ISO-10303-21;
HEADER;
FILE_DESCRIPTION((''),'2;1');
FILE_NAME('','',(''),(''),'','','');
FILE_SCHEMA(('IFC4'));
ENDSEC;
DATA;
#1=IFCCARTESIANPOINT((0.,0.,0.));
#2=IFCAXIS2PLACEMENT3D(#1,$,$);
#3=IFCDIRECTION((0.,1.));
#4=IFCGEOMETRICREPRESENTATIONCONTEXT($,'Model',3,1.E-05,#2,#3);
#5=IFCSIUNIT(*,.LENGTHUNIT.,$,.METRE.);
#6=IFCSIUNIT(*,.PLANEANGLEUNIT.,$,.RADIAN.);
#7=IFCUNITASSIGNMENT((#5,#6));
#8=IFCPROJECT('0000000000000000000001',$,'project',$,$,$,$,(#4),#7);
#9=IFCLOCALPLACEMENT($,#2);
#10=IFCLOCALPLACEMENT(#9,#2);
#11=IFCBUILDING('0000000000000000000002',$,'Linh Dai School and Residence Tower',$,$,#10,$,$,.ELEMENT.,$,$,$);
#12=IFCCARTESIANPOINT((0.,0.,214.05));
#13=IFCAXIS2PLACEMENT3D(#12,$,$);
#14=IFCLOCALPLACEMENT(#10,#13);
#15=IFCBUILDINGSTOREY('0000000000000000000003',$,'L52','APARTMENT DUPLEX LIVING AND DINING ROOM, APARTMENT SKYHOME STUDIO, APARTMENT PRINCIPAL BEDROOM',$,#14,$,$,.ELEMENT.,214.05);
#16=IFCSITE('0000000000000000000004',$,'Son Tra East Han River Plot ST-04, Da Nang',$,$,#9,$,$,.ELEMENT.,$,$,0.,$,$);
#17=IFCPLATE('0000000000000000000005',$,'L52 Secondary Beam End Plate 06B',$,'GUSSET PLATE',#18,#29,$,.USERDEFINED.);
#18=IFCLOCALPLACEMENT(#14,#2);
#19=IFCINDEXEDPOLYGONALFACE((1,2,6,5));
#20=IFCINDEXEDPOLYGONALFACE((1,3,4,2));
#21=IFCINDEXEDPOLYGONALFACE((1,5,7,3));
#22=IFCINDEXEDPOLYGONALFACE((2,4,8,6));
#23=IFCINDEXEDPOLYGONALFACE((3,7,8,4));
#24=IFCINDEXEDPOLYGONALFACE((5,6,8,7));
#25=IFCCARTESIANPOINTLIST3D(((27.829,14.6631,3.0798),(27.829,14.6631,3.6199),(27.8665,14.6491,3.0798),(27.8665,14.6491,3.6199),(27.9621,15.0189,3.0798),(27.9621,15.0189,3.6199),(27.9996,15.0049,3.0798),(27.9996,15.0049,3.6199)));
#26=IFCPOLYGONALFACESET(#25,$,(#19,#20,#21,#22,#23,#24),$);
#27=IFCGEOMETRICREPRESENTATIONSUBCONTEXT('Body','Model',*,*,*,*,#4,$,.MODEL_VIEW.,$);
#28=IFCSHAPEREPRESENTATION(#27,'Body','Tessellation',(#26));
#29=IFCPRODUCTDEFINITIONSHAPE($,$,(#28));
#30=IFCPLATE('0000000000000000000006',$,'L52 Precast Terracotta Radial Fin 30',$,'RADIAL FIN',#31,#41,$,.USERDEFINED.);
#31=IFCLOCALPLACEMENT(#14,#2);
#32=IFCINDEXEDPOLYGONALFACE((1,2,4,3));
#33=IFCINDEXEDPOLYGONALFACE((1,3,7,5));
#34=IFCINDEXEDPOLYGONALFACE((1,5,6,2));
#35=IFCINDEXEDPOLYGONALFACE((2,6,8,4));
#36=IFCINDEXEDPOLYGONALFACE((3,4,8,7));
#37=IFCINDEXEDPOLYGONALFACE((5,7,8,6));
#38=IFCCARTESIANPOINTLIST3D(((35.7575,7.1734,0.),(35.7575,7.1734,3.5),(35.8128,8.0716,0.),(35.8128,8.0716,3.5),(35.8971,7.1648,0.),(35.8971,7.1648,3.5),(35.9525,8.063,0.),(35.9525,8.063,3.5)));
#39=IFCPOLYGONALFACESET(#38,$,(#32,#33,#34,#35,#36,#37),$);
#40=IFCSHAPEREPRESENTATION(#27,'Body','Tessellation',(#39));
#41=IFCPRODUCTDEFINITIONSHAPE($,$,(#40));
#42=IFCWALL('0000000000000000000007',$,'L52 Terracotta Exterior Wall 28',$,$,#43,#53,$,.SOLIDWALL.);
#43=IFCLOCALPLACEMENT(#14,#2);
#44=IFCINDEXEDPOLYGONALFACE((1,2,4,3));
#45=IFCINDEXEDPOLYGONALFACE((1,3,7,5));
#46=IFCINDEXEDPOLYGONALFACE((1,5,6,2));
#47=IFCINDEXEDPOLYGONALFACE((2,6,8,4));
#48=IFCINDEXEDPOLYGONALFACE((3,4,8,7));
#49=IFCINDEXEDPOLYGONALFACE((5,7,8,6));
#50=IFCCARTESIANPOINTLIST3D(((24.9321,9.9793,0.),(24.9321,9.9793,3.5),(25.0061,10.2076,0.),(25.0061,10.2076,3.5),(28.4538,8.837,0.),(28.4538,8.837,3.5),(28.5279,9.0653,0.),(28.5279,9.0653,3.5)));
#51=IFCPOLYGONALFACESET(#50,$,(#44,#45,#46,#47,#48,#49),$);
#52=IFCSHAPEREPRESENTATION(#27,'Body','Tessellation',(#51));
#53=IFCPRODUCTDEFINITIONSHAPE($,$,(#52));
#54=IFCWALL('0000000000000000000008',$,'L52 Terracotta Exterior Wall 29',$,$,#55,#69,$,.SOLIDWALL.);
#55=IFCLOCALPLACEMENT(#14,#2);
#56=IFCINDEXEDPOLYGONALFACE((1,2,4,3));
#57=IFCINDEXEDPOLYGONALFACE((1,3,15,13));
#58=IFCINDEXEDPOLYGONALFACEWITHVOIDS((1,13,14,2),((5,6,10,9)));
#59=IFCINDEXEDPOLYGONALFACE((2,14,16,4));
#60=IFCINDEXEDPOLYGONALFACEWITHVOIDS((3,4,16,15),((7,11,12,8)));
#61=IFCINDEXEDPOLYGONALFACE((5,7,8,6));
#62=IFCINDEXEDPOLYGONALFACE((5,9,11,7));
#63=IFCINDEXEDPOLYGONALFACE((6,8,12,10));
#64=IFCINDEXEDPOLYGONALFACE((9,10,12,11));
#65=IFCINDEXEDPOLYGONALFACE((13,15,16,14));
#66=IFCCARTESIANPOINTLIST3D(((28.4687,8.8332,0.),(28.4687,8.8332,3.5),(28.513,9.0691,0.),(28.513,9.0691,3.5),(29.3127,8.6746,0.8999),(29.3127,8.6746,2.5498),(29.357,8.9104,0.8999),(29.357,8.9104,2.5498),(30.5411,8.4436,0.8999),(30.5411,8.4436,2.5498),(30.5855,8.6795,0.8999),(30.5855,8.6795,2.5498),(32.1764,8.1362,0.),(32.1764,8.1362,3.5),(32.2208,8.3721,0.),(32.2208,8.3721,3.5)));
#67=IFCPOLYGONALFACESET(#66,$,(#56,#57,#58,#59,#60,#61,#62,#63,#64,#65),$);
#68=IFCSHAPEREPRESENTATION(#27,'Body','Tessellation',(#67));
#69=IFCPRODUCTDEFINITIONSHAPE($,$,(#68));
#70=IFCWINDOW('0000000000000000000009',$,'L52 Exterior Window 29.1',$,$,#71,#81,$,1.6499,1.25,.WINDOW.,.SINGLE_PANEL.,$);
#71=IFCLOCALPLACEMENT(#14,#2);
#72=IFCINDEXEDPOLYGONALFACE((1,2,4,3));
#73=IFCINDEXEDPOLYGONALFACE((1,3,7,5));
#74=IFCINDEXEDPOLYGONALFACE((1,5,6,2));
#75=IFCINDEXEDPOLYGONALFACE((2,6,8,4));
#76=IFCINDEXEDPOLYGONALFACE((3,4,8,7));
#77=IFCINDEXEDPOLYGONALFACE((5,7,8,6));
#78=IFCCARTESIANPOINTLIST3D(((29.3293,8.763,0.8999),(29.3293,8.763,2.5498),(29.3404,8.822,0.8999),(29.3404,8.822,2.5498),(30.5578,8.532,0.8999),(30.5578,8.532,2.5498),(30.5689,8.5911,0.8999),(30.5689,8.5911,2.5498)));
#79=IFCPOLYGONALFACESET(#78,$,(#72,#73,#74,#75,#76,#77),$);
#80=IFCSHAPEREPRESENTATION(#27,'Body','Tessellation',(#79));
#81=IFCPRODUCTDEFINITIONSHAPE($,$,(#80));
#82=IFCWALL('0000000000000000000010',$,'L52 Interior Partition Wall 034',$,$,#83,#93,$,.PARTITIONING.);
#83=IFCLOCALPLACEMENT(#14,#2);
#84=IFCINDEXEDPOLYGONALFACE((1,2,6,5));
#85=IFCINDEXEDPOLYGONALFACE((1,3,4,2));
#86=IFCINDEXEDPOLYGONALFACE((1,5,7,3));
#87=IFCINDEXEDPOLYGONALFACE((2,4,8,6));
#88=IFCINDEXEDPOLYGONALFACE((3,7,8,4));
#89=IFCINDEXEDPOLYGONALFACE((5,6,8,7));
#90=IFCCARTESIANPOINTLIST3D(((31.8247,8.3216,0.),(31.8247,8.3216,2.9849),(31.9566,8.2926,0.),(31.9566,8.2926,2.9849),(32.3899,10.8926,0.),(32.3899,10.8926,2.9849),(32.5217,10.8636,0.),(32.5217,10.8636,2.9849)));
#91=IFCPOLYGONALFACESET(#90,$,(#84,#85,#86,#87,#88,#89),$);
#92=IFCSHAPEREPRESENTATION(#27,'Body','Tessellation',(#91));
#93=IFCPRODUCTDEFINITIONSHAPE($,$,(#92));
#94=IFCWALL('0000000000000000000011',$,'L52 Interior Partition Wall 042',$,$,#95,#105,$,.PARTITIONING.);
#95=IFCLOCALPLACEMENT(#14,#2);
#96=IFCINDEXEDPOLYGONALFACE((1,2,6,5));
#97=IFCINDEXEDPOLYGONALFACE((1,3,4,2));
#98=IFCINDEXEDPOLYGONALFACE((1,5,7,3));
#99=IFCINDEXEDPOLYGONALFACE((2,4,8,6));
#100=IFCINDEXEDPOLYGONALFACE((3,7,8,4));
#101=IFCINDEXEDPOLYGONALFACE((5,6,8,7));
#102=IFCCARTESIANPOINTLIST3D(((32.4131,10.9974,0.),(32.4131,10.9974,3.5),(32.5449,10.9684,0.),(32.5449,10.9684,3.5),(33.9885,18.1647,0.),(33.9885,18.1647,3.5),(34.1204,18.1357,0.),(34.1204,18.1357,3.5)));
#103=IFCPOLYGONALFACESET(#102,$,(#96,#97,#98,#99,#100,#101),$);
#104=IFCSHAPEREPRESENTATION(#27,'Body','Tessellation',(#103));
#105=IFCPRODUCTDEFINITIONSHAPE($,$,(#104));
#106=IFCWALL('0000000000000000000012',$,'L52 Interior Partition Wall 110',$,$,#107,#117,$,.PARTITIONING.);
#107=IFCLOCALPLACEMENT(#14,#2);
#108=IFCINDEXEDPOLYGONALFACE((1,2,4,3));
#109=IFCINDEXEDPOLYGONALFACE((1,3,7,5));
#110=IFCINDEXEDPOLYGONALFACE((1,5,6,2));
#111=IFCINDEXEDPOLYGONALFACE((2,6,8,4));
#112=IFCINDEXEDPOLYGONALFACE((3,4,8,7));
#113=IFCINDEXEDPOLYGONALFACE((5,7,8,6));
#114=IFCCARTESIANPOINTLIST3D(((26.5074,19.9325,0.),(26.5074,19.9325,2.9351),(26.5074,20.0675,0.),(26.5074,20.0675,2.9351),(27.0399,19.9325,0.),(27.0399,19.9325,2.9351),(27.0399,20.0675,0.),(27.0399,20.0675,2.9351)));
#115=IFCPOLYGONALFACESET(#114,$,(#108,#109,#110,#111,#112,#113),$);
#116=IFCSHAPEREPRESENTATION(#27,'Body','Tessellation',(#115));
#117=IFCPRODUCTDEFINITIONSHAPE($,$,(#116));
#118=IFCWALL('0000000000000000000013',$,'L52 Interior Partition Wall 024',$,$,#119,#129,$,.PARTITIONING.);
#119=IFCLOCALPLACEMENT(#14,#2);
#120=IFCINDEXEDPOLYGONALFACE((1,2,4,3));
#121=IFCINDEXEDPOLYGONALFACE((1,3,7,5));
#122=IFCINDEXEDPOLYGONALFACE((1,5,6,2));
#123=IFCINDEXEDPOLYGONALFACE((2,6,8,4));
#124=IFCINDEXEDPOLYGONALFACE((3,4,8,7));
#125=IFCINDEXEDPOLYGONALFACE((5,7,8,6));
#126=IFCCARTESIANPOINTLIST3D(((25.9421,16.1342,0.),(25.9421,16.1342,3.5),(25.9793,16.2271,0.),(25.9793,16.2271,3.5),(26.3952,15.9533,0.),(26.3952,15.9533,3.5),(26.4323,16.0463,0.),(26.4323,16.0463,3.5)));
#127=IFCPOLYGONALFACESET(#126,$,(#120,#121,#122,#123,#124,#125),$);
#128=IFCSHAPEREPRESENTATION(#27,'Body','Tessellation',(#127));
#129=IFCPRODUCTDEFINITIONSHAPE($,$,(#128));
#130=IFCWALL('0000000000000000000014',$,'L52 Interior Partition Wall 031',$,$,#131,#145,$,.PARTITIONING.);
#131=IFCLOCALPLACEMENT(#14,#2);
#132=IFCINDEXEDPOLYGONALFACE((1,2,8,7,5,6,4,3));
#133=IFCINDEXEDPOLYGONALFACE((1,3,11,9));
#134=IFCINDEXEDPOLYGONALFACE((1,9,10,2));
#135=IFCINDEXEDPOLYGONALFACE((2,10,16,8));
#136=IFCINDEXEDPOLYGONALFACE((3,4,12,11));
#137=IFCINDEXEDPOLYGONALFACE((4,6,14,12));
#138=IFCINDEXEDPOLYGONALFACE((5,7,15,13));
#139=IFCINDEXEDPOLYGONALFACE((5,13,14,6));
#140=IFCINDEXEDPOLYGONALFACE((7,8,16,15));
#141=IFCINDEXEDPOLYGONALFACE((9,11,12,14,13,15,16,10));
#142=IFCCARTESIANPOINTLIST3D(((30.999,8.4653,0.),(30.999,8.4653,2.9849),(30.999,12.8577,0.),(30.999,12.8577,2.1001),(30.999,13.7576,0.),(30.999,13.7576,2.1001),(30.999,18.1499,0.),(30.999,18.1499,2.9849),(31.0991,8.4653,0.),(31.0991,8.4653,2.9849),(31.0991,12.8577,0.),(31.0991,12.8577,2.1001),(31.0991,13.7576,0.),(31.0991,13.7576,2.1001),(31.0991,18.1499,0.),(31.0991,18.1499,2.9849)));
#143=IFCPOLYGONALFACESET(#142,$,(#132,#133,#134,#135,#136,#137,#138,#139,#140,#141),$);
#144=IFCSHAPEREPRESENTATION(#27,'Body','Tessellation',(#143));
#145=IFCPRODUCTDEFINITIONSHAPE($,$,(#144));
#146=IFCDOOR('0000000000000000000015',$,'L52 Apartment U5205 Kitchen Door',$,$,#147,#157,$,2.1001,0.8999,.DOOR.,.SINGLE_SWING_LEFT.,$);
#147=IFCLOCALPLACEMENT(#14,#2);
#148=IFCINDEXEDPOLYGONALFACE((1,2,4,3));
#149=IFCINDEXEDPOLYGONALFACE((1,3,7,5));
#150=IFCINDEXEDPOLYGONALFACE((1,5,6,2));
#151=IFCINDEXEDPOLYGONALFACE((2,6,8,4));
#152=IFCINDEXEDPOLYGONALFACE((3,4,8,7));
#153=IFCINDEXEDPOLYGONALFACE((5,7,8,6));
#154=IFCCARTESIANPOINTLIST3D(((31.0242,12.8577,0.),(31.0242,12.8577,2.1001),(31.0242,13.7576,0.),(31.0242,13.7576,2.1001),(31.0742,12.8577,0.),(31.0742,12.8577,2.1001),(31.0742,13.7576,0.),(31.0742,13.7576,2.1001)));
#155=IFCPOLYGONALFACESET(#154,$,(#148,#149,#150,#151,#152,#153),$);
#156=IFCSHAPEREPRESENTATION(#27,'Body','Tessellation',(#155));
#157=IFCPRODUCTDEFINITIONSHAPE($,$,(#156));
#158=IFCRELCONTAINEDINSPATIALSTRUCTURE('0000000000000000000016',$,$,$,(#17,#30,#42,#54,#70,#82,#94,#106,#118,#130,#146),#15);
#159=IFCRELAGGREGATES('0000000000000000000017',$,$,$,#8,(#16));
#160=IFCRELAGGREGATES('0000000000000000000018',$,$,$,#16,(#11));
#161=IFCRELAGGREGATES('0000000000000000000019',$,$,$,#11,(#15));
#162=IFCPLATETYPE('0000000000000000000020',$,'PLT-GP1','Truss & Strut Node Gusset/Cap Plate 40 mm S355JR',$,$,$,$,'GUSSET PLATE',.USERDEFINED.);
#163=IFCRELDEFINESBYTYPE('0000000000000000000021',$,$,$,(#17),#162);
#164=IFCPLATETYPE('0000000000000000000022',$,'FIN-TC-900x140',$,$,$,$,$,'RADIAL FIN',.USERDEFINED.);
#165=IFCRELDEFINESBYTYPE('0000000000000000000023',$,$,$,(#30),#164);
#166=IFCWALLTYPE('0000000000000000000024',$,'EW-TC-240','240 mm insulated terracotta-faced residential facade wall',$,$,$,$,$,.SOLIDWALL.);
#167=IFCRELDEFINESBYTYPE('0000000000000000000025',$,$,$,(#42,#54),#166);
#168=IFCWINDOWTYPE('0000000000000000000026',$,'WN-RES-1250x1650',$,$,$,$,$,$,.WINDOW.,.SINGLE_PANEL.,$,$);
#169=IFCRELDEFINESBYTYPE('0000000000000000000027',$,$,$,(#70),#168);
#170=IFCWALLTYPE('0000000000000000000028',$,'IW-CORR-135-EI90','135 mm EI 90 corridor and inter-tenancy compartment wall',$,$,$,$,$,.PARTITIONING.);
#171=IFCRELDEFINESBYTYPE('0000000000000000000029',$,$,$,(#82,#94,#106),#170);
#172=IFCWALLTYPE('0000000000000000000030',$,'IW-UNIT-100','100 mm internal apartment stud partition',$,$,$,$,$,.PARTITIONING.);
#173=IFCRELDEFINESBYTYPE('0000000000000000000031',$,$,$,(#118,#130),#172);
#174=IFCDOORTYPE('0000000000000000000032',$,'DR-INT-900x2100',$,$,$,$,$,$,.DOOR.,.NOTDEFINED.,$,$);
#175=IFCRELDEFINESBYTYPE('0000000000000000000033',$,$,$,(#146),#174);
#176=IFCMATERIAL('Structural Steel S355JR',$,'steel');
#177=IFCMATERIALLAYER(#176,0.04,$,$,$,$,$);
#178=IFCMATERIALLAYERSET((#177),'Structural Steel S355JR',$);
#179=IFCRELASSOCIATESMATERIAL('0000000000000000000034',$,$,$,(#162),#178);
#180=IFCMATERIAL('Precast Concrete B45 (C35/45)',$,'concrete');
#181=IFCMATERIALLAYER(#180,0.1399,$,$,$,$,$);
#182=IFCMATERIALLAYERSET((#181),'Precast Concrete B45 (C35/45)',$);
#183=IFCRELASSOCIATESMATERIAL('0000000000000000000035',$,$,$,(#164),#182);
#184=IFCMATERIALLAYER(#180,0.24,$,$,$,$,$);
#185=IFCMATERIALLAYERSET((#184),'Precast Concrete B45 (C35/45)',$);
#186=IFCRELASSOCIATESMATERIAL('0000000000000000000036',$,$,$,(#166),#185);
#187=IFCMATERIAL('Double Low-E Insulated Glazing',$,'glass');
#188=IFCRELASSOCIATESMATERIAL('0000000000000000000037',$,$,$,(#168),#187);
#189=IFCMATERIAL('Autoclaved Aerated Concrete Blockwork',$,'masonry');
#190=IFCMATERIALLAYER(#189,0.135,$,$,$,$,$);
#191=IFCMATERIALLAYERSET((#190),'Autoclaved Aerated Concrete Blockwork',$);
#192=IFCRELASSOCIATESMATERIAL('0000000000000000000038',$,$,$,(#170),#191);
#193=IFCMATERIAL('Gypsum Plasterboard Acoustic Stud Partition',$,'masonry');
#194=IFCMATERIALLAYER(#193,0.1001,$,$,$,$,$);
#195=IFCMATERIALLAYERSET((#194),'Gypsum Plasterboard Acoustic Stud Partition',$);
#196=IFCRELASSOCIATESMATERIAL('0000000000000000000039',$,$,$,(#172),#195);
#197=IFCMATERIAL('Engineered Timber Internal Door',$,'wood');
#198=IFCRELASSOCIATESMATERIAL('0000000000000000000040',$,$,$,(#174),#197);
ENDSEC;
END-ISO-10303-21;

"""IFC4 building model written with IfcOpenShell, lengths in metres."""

from ifc_helpers import new_model, si_unit, direction, frame, frame_2d, origin, origin_2d, place, context, subcontext, project, spatial, rectangle, extrude, source, transform, mapped, material, layer, layer_set, type_object, element, fill, save


model = new_model("IFC4")

# Units and contexts
model_context = context("Model", 3, precision=1e-05, world=origin(), true_north=direction((0.0, 1.0)))
body_context = subcontext(model_context, "Body", "Model", "MODEL_VIEW")
ifc_project = project(units=[si_unit("LENGTHUNIT", "METRE"), si_unit("PLANEANGLEUNIT", "RADIAN")], contexts=[model_context])

# Site, building, storey
site_placement = place(None, origin())
site = spatial("IfcSite", under=ifc_project, at=site_placement, Name="Son Tra East Han River Plot ST-04, Da Nang", CompositionType="ELEMENT", RefElevation=0.0)
building_placement = place(site_placement, origin())
building = spatial("IfcBuilding", under=site, at=building_placement, Name="Linh Dai School and Residence Tower", CompositionType="ELEMENT")
storey_placement = place(building_placement, frame((0.0, 0.0, 214.05)))
storey = spatial("IfcBuildingStorey", under=building, at=storey_placement, Name="L52", Description="APARTMENT DUPLEX LIVING AND DINING ROOM, APARTMENT SKYHOME STUDIO, APARTMENT PRINCIPAL BEDROOM", CompositionType="ELEMENT", Elevation=214.05)

# Shared definitions
ifc_material_1 = material(Name="Structural Steel S355JR", Category="steel")

# Plates
ifc_layer_1 = layer(ifc_material_1, 0.04)
ifc_layer_set_1 = layer_set([ifc_layer_1], Name="Structural Steel S355JR")
plate_type_1 = type_object("IfcPlateType", Name="PLT-GP1", Description="Truss & Strut Node Gusset/Cap Plate 40 mm S355JR", ElementType="GUSSET PLATE", PredefinedType="USERDEFINED", material=ifc_layer_set_1)
shared_shape_1 = source(origin(), body_context, "Body", "SweptSolid", [
    extrude(rectangle(XDim=0.04, YDim=0.3799, at=origin_2d()), origin(), (0.0, 0.0, 1.0), 0.54),
])
plate_1_placement = place(storey_placement, frame((27.9143, 14.834, 3.0798), z_axis=(0.0, 0.0, 1.0), x_axis=(0.936534, -0.350577, 0.0)))
element("IfcPlate", 1, at=plate_1_placement, inside=storey, type_object=plate_type_1, Name="L52 Secondary Beam End Plate 06B", ObjectType="GUSSET PLATE", PredefinedType="USERDEFINED", context=body_context, shape_type="MappedRepresentation", body=[
    mapped(shared_shape_1, transform((0.0, 0.0, 0.0), x_axis=(1.0, 0.0, 0.0), y_axis=(0.0, 1.0, 0.0), z_axis=(0.0, 0.0, 1.0), scale=1.0)),
])
ifc_material_2 = material(Name="Precast Concrete B45 (C35/45)", Category="concrete")
ifc_layer_2 = layer(ifc_material_2, 0.1399)
ifc_layer_set_2 = layer_set([ifc_layer_2], Name="Precast Concrete B45 (C35/45)")
plate_type_2 = type_object("IfcPlateType", Name="FIN-TC-900x140", ElementType="RADIAL FIN", PredefinedType="USERDEFINED", material=ifc_layer_set_2)
shared_shape_2 = source(origin(), body_context, "Body", "SweptSolid", [
    extrude(rectangle(XDim=0.8999, YDim=0.1399, at=origin_2d()), origin(), (0.0, 0.0, 1.0), 3.5),
])
plate_2_placement = place(storey_placement, frame((35.855, 7.6182, 0.0), z_axis=(0.0, 0.0, 1.0), x_axis=(-0.061504, -0.998107, 0.0)))
element("IfcPlate", 2, at=plate_2_placement, inside=storey, type_object=plate_type_2, Name="L52 Precast Terracotta Radial Fin 30", ObjectType="RADIAL FIN", PredefinedType="USERDEFINED", context=body_context, shape_type="MappedRepresentation", body=[
    mapped(shared_shape_2, transform((0.0, 0.0, 0.0), x_axis=(1.0, 0.0, 0.0), y_axis=(0.0, 1.0, 0.0), z_axis=(0.0, 0.0, 1.0), scale=1.0)),
])

# Wall
ifc_layer_3 = layer(ifc_material_2, 0.24)
ifc_layer_set_3 = layer_set([ifc_layer_3], Name="Precast Concrete B45 (C35/45)")
wall_type_1 = type_object("IfcWallType", Name="EW-TC-240", Description="240 mm insulated terracotta-faced residential facade wall", PredefinedType="SOLIDWALL", material=ifc_layer_set_3)
wall_1_placement = place(storey_placement, frame((28.4907, 8.9512, 0.0), z_axis=(0.0, 0.0, 1.0), x_axis=(-0.951211, 0.308542, 0.0)))
element("IfcWall", 3, at=wall_1_placement, inside=storey, type_object=wall_type_1, Name="L52 Terracotta Exterior Wall 28", PredefinedType="SOLIDWALL", context=body_context, shape_type="SweptSolid", body=[
    extrude(rectangle(XDim=3.7024, YDim=0.24, at=frame_2d((1.8511, 0.0))), origin(), (0.0, 0.0, 1.0), 3.5),
])

# Wall, opening, window
wall_2_placement = place(storey_placement, frame((32.1985, 8.2542, 0.0), z_axis=(0.0, 0.0, 1.0), x_axis=(-0.982785, 0.184753, 0.0)))
wall_2 = element("IfcWall", 4, at=wall_2_placement, inside=storey, type_object=wall_type_1, Name="L52 Terracotta Exterior Wall 29", PredefinedType="SOLIDWALL", context=body_context, shape_type="SweptSolid", body=[
    extrude(rectangle(XDim=3.7727, YDim=0.24, at=frame_2d((1.8862, 0.0))), origin(), (0.0, 0.0, 1.0), 3.5),
])
opening_1_placement = place(wall_2_placement, frame((1.6638, 0.0, 0.8999)))
opening_1 = element("IfcOpeningElement", 5, at=opening_1_placement, cuts=wall_2, PredefinedType="OPENING", context=body_context, shape_type="SweptSolid", body=[
    extrude(rectangle(XDim=1.25, YDim=1.6499, at=origin_2d()), frame((0.625, 0.1299, 0.825), z_axis=(0.0, -1.0, 0.0), x_axis=(1.0, 0.0, 0.0)), (0.0, 0.0, 1.0), 0.26),
])
ifc_material_3 = material(Name="Double Low-E Insulated Glazing", Category="glass")
window_type = type_object("IfcWindowType", Name="WN-RES-1250x1650", PartitioningType="SINGLE_PANEL", PredefinedType="WINDOW", material=ifc_material_3)
shared_shape_3 = source(origin(), body_context, "Body", "SweptSolid", [
    extrude(rectangle(XDim=1.25, YDim=1.6499, at=origin_2d()), frame((0.625, 0.03, 0.825), z_axis=(0.0, -1.0, 0.0), x_axis=(1.0, 0.0, 0.0)), (0.0, 0.0, 1.0), 0.0601),
])
window_placement = place(opening_1_placement, origin())
window = element("IfcWindow", 6, at=window_placement, inside=storey, type_object=window_type, Name="L52 Exterior Window 29.1", OverallHeight=1.6499, OverallWidth=1.25, PartitioningType="SINGLE_PANEL", PredefinedType="WINDOW", context=body_context, shape_type="MappedRepresentation", body=[
    mapped(shared_shape_3, transform((0.0, 0.0, 0.0), x_axis=(1.0, 0.0, 0.0), y_axis=(0.0, 1.0, 0.0), z_axis=(0.0, 0.0, 1.0), scale=1.0)),
])
fill(opening_1, window)

# Walls
ifc_material_4 = material(Name="Autoclaved Aerated Concrete Blockwork", Category="masonry")
ifc_layer_4 = layer(ifc_material_4, 0.135)
ifc_layer_set_4 = layer_set([ifc_layer_4], Name="Autoclaved Aerated Concrete Blockwork")
wall_type_2 = type_object("IfcWallType", Name="IW-CORR-135-EI90", Description="135 mm EI 90 corridor and inter-tenancy compartment wall", PredefinedType="PARTITIONING", material=ifc_layer_set_4)
wall_3_placement = place(storey_placement, frame((31.8906, 8.3071, 0.0), z_axis=(0.0, 0.0, 1.0), x_axis=(0.214701, 0.97668, 0.0)))
element("IfcWall", 7, at=wall_3_placement, inside=storey, type_object=wall_type_2, Name="L52 Interior Partition Wall 034", PredefinedType="PARTITIONING", context=body_context, shape_type="SweptSolid", body=[
    extrude(rectangle(XDim=2.6323, YDim=0.135, at=frame_2d((1.3162, 0.0))), origin(), (0.0, 0.0, 1.0), 2.9849),
])
wall_4_placement = place(storey_placement, frame((32.479, 10.9829, 0.0), z_axis=(0.0, 0.0, 1.0), x_axis=(0.214686, 0.976683, 0.0)))
element("IfcWall", 8, at=wall_4_placement, inside=storey, type_object=wall_type_2, Name="L52 Interior Partition Wall 042", PredefinedType="PARTITIONING", context=body_context, shape_type="SweptSolid", body=[
    extrude(rectangle(XDim=7.3384, YDim=0.135, at=frame_2d((3.6692, 0.0))), origin(), (0.0, 0.0, 1.0), 3.5),
])

# Wall
wall_5_placement = place(storey_placement, frame((26.5076, 20.0, 0.0), z_axis=(0.0, 0.0, 1.0), x_axis=(1.0, 0.0, 0.0)))
element("IfcWall", 9, at=wall_5_placement, inside=storey, type_object=wall_type_2, Name="L52 Interior Partition Wall 110", PredefinedType="PARTITIONING", context=body_context, shape_type="SweptSolid", body=[
    extrude(rectangle(XDim=0.5325, YDim=0.135, at=frame_2d((0.2661, 0.0))), origin(), (0.0, 0.0, 1.0), 2.9351),
])

# Wall
ifc_material_5 = material(Name="Gypsum Plasterboard Acoustic Stud Partition", Category="masonry")
ifc_layer_5 = layer(ifc_material_5, 0.1001)
ifc_layer_set_5 = layer_set([ifc_layer_5], Name="Gypsum Plasterboard Acoustic Stud Partition")
wall_type_3 = type_object("IfcWallType", Name="IW-UNIT-100", Description="100 mm internal apartment stud partition", PredefinedType="PARTITIONING", material=ifc_layer_set_5)
wall_6_placement = place(storey_placement, frame((25.9607, 16.1807, 0.0), z_axis=(0.0, 0.0, 1.0), x_axis=(0.928718, -0.370787, 0.0)))
element("IfcWall", 10, at=wall_6_placement, inside=storey, type_object=wall_type_3, Name="L52 Interior Partition Wall 024", PredefinedType="PARTITIONING", context=body_context, shape_type="SweptSolid", body=[
    extrude(rectangle(XDim=0.4878, YDim=0.1001, at=frame_2d((0.2439, 0.0))), origin(), (0.0, 0.0, 1.0), 3.5),
])

# Wall, opening, door
wall_7_placement = place(storey_placement, frame((31.0491, 8.4653, 0.0), z_axis=(0.0, 0.0, 1.0), x_axis=(0.0, 1.0, 0.0)))
wall_7 = element("IfcWall", 11, at=wall_7_placement, inside=storey, type_object=wall_type_3, Name="L52 Interior Partition Wall 031", PredefinedType="PARTITIONING", context=body_context, shape_type="SweptSolid", body=[
    extrude(rectangle(XDim=9.6846, YDim=0.1001, at=frame_2d((4.8423, 0.0))), origin(), (0.0, 0.0, 1.0), 2.9849),
])
opening_2_placement = place(wall_7_placement, frame((4.3923, 0.0, 0.0)))
opening_2 = element("IfcOpeningElement", 12, at=opening_2_placement, cuts=wall_7, PredefinedType="OPENING", context=body_context, shape_type="SweptSolid", body=[
    extrude(rectangle(XDim=0.8999, YDim=2.1001, at=origin_2d()), frame((0.45, 0.0601, 1.05), z_axis=(0.0, -1.0, 0.0), x_axis=(1.0, 0.0, 0.0)), (0.0, 0.0, 1.0), 0.1201),
])
ifc_material_6 = material(Name="Engineered Timber Internal Door", Category="wood")
door_type_1 = type_object("IfcDoorType", Name="DR-INT-900x2100", OperationType="NOTDEFINED", PredefinedType="DOOR", material=ifc_material_6)
shared_shape_4 = source(origin(), body_context, "Body", "SweptSolid", [
    extrude(rectangle(XDim=0.8999, YDim=2.1001, at=origin_2d()), frame((0.45, 0.0249, 1.05), z_axis=(0.0, -1.0, 0.0), x_axis=(1.0, 0.0, 0.0)), (0.0, 0.0, 1.0), 0.05),
])
door_1_placement = place(opening_2_placement, origin())
door_1 = element("IfcDoor", 13, at=door_1_placement, inside=storey, type_object=door_type_1, Name="L52 Apartment U5205 Kitchen Door", OperationType="SINGLE_SWING_LEFT", OverallHeight=2.1001, OverallWidth=0.8999, PredefinedType="DOOR", context=body_context, shape_type="MappedRepresentation", body=[
    mapped(shared_shape_4, transform((0.0, 0.0, 0.0), x_axis=(1.0, 0.0, 0.0), y_axis=(0.0, 1.0, 0.0), z_axis=(0.0, 0.0, 1.0), scale=1.0)),
])
fill(opening_2, door_1)

save(model, "model.ifc")
